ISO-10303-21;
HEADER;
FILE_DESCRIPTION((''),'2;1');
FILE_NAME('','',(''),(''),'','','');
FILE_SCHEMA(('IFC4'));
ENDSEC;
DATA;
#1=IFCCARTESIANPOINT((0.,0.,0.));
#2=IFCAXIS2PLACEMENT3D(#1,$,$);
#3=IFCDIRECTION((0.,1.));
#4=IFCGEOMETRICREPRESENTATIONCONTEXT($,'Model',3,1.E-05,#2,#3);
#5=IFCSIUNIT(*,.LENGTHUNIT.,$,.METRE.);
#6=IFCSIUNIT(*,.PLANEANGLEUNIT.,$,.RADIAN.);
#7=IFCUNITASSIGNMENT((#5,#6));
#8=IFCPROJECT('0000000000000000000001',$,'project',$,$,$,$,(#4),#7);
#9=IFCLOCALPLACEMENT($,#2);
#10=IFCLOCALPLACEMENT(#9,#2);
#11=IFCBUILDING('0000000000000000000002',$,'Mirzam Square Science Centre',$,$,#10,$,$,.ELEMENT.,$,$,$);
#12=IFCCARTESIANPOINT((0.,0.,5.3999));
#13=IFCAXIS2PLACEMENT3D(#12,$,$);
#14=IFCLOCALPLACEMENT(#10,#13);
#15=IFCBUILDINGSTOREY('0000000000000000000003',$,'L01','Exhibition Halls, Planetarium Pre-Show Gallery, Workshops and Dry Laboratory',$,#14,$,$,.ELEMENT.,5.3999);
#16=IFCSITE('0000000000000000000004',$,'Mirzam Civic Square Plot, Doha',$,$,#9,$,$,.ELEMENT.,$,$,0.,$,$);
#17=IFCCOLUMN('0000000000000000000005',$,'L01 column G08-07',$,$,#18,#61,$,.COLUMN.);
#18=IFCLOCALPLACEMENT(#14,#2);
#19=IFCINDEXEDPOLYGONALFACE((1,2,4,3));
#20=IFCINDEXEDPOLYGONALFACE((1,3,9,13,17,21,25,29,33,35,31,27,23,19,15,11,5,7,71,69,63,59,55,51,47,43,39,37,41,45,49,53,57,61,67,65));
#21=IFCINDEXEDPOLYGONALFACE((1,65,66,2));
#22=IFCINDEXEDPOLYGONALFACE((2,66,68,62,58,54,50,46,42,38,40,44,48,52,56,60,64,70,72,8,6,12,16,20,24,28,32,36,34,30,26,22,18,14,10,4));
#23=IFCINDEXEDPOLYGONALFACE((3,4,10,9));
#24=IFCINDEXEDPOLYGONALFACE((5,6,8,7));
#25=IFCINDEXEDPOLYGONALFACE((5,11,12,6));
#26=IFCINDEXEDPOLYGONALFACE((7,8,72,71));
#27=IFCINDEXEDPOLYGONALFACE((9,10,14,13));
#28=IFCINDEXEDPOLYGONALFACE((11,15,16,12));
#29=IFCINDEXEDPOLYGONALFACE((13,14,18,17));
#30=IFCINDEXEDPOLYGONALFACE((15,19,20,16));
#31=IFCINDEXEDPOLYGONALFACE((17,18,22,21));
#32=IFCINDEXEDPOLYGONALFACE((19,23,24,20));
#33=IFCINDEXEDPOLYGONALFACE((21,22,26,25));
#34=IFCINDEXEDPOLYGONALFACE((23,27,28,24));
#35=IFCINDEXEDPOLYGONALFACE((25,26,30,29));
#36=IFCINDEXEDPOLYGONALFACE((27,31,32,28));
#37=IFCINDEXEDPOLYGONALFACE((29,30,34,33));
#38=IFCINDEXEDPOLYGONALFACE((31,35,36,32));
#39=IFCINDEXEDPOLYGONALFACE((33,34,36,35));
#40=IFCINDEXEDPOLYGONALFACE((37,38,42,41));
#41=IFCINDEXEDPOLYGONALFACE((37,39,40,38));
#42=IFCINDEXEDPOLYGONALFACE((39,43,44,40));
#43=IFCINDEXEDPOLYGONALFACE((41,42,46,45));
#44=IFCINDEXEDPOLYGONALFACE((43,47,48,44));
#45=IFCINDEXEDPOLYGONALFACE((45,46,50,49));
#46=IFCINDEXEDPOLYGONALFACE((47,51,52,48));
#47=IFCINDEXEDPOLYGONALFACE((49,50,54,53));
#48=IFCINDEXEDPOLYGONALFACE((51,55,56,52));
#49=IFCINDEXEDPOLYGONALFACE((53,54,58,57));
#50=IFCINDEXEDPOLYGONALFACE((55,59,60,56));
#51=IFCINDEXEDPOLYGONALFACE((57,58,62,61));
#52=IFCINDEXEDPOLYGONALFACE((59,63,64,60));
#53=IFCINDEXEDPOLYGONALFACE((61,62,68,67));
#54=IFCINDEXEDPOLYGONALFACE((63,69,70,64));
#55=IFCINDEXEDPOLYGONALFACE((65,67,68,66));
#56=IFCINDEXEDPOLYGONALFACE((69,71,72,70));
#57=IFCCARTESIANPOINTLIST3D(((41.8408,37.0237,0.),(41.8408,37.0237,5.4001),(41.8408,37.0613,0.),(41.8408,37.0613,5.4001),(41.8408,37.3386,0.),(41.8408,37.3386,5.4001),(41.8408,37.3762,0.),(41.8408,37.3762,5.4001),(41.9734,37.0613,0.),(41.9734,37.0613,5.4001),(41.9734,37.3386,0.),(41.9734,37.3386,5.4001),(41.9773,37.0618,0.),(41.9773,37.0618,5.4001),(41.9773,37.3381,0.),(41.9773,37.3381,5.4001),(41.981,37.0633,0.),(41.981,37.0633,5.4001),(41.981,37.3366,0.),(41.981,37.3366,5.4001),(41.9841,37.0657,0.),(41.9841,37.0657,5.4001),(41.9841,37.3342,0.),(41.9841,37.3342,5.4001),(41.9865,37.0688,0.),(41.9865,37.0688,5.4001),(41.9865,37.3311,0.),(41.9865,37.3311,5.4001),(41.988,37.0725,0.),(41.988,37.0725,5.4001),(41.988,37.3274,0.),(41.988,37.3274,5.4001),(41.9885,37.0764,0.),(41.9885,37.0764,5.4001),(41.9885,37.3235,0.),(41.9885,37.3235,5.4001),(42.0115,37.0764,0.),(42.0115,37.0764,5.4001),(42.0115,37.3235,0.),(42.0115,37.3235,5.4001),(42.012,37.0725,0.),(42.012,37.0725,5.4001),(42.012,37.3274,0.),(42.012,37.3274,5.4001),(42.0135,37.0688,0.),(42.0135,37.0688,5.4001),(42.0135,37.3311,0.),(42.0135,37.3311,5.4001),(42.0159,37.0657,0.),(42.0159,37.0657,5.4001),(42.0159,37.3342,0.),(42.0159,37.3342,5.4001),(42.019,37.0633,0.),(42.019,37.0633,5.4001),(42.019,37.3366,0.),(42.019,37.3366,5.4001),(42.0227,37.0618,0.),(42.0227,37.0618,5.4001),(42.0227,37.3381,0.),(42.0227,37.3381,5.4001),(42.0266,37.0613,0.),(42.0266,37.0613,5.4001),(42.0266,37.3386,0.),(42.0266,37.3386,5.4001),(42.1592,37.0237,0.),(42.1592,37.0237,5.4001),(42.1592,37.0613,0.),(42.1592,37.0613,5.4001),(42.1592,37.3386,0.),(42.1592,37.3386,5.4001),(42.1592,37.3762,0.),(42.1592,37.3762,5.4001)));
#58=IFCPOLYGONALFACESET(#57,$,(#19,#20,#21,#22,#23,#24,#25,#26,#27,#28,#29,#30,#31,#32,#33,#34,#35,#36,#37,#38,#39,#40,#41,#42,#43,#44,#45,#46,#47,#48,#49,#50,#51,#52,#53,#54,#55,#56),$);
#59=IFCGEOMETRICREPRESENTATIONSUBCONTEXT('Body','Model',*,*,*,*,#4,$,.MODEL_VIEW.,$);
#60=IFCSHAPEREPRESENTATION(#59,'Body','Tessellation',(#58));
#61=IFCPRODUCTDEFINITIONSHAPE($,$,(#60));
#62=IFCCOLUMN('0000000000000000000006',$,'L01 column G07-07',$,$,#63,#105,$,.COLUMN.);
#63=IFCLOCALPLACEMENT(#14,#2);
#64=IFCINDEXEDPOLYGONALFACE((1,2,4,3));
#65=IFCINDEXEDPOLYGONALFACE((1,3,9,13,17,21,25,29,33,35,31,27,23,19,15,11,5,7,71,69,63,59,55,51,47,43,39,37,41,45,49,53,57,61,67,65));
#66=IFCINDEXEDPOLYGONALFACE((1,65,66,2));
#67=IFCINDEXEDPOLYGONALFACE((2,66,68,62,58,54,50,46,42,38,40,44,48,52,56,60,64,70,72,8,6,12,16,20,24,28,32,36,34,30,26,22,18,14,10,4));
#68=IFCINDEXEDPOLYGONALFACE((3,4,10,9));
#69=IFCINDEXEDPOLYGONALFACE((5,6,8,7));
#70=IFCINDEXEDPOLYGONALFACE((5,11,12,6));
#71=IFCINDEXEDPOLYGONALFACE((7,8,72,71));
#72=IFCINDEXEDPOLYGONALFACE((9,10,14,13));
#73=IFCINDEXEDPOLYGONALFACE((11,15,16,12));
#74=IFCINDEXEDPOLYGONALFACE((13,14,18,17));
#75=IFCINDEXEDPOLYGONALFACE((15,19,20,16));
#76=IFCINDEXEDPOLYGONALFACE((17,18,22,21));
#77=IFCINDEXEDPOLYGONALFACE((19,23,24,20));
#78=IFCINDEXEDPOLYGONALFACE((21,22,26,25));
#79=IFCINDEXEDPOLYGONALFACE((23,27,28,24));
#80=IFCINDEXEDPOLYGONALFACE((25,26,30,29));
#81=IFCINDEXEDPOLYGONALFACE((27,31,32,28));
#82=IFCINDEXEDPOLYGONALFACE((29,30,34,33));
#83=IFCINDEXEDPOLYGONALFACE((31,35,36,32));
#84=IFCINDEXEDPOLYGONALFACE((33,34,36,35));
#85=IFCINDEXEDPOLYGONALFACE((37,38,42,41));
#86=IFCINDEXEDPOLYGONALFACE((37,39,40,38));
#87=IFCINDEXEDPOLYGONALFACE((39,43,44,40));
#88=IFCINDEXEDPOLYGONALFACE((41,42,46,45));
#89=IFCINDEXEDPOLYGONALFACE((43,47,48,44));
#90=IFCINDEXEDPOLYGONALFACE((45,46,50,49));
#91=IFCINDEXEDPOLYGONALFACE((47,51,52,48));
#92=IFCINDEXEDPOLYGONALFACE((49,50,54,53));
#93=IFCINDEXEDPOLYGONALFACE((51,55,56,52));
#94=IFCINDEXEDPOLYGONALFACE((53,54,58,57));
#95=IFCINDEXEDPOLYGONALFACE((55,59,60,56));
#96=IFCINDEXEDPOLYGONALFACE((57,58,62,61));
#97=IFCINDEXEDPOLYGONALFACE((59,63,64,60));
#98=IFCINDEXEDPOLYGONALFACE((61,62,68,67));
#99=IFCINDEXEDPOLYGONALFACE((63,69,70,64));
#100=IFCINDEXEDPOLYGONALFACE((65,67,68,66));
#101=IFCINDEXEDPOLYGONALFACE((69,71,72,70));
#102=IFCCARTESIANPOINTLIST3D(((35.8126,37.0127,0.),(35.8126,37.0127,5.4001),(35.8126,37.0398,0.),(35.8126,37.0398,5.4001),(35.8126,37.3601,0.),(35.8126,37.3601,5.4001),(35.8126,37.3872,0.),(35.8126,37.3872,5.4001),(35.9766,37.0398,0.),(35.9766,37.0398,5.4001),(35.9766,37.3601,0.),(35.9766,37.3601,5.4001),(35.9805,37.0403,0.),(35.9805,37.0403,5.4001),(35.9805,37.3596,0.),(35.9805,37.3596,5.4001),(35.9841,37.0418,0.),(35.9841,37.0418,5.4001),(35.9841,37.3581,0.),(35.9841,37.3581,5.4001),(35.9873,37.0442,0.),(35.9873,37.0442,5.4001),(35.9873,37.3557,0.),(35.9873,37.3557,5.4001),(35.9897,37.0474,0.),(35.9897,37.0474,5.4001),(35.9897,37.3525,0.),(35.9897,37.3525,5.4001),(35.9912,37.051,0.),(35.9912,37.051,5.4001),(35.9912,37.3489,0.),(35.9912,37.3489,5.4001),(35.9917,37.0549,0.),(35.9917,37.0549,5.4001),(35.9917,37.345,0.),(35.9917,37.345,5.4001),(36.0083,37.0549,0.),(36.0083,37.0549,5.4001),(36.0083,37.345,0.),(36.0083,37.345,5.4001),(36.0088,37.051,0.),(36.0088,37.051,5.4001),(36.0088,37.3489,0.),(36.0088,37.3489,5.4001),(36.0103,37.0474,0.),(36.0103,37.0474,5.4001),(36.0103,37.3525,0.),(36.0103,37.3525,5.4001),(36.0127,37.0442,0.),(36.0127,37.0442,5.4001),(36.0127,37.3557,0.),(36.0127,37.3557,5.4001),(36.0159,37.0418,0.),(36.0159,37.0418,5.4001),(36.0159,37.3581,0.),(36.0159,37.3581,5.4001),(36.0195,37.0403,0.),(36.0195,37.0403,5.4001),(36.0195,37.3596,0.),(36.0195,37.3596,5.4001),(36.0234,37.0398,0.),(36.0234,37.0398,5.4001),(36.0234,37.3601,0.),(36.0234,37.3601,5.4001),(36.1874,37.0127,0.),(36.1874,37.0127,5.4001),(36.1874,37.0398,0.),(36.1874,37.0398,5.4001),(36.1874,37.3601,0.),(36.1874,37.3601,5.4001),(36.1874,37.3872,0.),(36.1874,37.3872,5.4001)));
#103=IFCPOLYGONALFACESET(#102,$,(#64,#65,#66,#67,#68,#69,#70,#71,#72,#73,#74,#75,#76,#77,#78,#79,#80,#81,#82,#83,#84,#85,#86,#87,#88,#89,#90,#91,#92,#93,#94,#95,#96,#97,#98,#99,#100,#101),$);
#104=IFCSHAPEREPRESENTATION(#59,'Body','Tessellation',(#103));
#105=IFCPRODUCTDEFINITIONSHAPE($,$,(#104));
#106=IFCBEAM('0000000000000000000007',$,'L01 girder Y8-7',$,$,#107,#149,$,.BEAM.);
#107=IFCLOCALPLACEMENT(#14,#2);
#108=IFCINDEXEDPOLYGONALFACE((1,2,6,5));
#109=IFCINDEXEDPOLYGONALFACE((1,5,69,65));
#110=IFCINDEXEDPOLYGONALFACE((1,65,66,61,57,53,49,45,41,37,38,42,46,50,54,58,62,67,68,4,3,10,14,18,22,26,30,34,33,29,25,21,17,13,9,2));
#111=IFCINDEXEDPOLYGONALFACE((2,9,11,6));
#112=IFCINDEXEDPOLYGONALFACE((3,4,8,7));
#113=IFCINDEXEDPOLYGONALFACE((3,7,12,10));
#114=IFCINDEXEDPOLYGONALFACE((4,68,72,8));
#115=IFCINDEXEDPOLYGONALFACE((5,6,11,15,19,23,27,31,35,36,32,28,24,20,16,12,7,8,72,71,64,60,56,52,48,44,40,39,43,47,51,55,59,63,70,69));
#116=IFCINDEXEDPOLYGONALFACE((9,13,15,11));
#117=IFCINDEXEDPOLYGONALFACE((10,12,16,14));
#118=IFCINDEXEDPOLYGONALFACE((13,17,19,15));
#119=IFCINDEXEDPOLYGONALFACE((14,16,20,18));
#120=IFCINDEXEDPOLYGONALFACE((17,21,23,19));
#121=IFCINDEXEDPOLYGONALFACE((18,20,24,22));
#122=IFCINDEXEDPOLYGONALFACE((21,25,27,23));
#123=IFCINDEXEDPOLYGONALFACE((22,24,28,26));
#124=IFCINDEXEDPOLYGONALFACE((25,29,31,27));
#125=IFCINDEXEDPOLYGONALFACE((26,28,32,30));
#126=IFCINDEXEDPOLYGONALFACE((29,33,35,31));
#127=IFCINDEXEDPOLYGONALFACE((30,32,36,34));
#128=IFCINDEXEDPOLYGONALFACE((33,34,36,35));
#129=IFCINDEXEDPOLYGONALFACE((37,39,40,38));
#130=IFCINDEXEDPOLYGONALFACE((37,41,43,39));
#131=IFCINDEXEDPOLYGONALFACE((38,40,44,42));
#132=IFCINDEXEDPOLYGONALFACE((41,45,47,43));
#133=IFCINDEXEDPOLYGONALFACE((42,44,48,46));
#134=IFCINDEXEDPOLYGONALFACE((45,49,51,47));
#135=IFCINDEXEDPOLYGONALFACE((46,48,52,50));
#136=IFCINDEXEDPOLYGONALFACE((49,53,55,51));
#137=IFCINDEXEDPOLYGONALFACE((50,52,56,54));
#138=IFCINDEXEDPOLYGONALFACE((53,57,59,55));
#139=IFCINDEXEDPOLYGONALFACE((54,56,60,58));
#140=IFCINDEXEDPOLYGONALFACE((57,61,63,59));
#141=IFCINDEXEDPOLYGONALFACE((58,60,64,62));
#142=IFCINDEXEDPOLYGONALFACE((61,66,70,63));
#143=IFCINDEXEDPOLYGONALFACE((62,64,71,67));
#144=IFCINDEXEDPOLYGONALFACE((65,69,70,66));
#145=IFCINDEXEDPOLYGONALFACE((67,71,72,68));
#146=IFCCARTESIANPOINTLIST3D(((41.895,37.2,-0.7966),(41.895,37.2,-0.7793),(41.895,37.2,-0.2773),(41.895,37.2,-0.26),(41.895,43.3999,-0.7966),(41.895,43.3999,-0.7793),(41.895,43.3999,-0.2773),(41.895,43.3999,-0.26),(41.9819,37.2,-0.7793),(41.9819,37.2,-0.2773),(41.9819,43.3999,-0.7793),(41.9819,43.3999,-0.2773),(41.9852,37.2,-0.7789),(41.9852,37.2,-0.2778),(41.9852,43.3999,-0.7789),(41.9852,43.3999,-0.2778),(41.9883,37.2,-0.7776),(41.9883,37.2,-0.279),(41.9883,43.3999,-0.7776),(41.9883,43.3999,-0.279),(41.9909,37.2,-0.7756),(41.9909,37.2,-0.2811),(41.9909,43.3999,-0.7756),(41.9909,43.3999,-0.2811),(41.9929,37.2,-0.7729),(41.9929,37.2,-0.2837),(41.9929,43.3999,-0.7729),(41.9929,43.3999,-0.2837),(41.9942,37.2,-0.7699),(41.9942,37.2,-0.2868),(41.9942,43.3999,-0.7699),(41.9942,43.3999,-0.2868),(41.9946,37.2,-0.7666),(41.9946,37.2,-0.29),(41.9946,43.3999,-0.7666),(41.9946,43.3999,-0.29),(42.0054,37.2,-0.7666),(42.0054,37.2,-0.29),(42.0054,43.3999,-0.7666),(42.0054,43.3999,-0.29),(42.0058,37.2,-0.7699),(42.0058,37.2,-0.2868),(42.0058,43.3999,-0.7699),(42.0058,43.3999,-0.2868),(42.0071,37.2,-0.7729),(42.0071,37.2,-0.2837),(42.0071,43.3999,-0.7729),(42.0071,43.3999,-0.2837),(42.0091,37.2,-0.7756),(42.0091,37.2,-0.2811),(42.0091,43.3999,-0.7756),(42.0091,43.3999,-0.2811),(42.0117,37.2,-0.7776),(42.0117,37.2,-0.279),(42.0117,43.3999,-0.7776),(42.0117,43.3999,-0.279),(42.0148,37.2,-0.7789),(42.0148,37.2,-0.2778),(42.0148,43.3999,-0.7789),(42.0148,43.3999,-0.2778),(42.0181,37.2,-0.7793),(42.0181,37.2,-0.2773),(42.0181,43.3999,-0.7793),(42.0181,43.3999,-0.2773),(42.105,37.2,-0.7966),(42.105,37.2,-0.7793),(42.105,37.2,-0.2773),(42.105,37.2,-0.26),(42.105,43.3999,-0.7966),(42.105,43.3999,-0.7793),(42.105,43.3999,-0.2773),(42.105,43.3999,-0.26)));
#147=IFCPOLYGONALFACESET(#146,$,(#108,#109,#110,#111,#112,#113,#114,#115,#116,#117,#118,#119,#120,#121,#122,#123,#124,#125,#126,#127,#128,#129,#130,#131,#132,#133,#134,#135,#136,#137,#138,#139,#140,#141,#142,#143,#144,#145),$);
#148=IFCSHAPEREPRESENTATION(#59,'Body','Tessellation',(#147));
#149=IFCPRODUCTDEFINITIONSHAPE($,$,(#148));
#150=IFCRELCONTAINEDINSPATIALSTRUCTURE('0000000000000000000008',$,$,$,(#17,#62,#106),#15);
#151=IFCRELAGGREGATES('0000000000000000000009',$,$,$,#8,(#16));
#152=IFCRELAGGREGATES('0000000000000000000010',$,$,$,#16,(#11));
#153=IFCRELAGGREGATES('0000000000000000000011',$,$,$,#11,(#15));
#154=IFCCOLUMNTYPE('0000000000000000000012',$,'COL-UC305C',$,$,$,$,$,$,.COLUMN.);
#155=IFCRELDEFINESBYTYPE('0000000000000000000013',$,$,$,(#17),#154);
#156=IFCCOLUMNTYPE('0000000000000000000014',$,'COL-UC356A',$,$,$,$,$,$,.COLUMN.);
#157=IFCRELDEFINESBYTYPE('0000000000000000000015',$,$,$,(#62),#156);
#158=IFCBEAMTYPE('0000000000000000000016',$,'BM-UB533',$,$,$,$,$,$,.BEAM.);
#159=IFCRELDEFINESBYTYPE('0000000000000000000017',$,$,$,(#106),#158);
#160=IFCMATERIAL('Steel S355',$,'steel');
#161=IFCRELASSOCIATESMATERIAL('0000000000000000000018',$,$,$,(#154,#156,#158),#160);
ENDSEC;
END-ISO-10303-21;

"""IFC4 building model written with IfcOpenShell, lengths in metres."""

from ifc_helpers import new_model, si_unit, direction, frame, origin, origin_2d, place, context, subcontext, project, spatial, i_section, extrude, material, material_profile, profile_set, type_object, element, save


model = new_model("IFC4")

# Units and contexts
model_context = context("Model", 3, precision=1e-05, world=origin(), true_north=direction((0.0, 1.0)))
body_context = subcontext(model_context, "Body", "Model", "MODEL_VIEW")
ifc_project = project(units=[si_unit("LENGTHUNIT", "METRE"), si_unit("PLANEANGLEUNIT", "RADIAN")], contexts=[model_context])

# Site, building, storey
site_placement = place(None, origin())
site = spatial("IfcSite", under=ifc_project, at=site_placement, Name="Mirzam Civic Square Plot, Doha", CompositionType="ELEMENT", RefElevation=0.0)
building_placement = place(site_placement, origin())
building = spatial("IfcBuilding", under=site, at=building_placement, Name="Mirzam Square Science Centre", CompositionType="ELEMENT")
storey_placement = place(building_placement, frame((0.0, 0.0, 5.3999)))
storey = spatial("IfcBuildingStorey", under=building, at=storey_placement, Name="L01", Description="Exhibition Halls, Planetarium Pre-Show Gallery, Workshops and Dry Laboratory", CompositionType="ELEMENT", Elevation=5.3999)

# Columns
ifc_material_1 = material(Name="Steel S355", Category="steel")
ifc_material_profile_1 = material_profile(ifc_material_1, i_section(OverallWidth=0.3184, OverallDepth=0.3525, WebThickness=0.0229, FlangeThickness=0.0376, FilletRadius=0.0151, at=origin_2d()), Name="305x305x240UC")
ifc_profile_set_1 = profile_set([ifc_material_profile_1], Name="Steel S355")
column_type_1 = type_object("IfcColumnType", Name="COL-UC305C", PredefinedType="COLUMN", material=ifc_profile_set_1)
column_1_placement = place(storey_placement, frame((42.0, 37.2, 0.0), z_axis=(0.0, 0.0, 1.0), x_axis=(1.0, 0.0, 0.0)))
element("IfcColumn", 1, at=column_1_placement, inside=storey, type_object=column_type_1, Name="L01 column G08-07", PredefinedType="COLUMN", context=body_context, shape_type="SweptSolid", body=[
    extrude(i_section(OverallWidth=0.3184, OverallDepth=0.3525, WebThickness=0.0229, FlangeThickness=0.0376, FilletRadius=0.0151, at=origin_2d()), origin(), (0.0, 0.0, 1.0), 5.4001),
])
ifc_material_profile_2 = material_profile(ifc_material_1, i_section(OverallWidth=0.3748, OverallDepth=0.3745, WebThickness=0.0166, FlangeThickness=0.0271, FilletRadius=0.0151, at=origin_2d()), Name="356x368x202UC")
ifc_profile_set_2 = profile_set([ifc_material_profile_2], Name="Steel S355")
column_type_2 = type_object("IfcColumnType", Name="COL-UC356A", PredefinedType="COLUMN", material=ifc_profile_set_2)
column_2_placement = place(storey_placement, frame((36.0, 37.2, 0.0), z_axis=(0.0, 0.0, 1.0), x_axis=(1.0, 0.0, 0.0)))
element("IfcColumn", 2, at=column_2_placement, inside=storey, type_object=column_type_2, Name="L01 column G07-07", PredefinedType="COLUMN", context=body_context, shape_type="SweptSolid", body=[
    extrude(i_section(OverallWidth=0.3748, OverallDepth=0.3745, WebThickness=0.0166, FlangeThickness=0.0271, FilletRadius=0.0151, at=origin_2d()), origin(), (0.0, 0.0, 1.0), 5.4001),
])

# Beam
ifc_material_profile_3 = material_profile(ifc_material_1, i_section(OverallWidth=0.21, OverallDepth=0.5366, WebThickness=0.0107, FlangeThickness=0.0173, FilletRadius=0.0127, at=origin_2d()), Name="533x210x101UB")
ifc_profile_set_3 = profile_set([ifc_material_profile_3], Name="Steel S355")
beam_type_1 = type_object("IfcBeamType", Name="BM-UB533", PredefinedType="BEAM", material=ifc_profile_set_3)
beam_1_placement = place(storey_placement, frame((42.0, 37.2, -0.5283), z_axis=(0.0, 1.0, 0.0), x_axis=(-1.0, 0.0, 0.0)))
element("IfcBeam", 3, at=beam_1_placement, inside=storey, type_object=beam_type_1, Name="L01 girder Y8-7", PredefinedType="BEAM", context=body_context, shape_type="SweptSolid", body=[
    extrude(i_section(OverallWidth=0.21, OverallDepth=0.5366, WebThickness=0.0107, FlangeThickness=0.0173, FilletRadius=0.0127, at=origin_2d()), origin(), (0.0, 0.0, 1.0), 6.2),
])

save(model, "model.ifc")
